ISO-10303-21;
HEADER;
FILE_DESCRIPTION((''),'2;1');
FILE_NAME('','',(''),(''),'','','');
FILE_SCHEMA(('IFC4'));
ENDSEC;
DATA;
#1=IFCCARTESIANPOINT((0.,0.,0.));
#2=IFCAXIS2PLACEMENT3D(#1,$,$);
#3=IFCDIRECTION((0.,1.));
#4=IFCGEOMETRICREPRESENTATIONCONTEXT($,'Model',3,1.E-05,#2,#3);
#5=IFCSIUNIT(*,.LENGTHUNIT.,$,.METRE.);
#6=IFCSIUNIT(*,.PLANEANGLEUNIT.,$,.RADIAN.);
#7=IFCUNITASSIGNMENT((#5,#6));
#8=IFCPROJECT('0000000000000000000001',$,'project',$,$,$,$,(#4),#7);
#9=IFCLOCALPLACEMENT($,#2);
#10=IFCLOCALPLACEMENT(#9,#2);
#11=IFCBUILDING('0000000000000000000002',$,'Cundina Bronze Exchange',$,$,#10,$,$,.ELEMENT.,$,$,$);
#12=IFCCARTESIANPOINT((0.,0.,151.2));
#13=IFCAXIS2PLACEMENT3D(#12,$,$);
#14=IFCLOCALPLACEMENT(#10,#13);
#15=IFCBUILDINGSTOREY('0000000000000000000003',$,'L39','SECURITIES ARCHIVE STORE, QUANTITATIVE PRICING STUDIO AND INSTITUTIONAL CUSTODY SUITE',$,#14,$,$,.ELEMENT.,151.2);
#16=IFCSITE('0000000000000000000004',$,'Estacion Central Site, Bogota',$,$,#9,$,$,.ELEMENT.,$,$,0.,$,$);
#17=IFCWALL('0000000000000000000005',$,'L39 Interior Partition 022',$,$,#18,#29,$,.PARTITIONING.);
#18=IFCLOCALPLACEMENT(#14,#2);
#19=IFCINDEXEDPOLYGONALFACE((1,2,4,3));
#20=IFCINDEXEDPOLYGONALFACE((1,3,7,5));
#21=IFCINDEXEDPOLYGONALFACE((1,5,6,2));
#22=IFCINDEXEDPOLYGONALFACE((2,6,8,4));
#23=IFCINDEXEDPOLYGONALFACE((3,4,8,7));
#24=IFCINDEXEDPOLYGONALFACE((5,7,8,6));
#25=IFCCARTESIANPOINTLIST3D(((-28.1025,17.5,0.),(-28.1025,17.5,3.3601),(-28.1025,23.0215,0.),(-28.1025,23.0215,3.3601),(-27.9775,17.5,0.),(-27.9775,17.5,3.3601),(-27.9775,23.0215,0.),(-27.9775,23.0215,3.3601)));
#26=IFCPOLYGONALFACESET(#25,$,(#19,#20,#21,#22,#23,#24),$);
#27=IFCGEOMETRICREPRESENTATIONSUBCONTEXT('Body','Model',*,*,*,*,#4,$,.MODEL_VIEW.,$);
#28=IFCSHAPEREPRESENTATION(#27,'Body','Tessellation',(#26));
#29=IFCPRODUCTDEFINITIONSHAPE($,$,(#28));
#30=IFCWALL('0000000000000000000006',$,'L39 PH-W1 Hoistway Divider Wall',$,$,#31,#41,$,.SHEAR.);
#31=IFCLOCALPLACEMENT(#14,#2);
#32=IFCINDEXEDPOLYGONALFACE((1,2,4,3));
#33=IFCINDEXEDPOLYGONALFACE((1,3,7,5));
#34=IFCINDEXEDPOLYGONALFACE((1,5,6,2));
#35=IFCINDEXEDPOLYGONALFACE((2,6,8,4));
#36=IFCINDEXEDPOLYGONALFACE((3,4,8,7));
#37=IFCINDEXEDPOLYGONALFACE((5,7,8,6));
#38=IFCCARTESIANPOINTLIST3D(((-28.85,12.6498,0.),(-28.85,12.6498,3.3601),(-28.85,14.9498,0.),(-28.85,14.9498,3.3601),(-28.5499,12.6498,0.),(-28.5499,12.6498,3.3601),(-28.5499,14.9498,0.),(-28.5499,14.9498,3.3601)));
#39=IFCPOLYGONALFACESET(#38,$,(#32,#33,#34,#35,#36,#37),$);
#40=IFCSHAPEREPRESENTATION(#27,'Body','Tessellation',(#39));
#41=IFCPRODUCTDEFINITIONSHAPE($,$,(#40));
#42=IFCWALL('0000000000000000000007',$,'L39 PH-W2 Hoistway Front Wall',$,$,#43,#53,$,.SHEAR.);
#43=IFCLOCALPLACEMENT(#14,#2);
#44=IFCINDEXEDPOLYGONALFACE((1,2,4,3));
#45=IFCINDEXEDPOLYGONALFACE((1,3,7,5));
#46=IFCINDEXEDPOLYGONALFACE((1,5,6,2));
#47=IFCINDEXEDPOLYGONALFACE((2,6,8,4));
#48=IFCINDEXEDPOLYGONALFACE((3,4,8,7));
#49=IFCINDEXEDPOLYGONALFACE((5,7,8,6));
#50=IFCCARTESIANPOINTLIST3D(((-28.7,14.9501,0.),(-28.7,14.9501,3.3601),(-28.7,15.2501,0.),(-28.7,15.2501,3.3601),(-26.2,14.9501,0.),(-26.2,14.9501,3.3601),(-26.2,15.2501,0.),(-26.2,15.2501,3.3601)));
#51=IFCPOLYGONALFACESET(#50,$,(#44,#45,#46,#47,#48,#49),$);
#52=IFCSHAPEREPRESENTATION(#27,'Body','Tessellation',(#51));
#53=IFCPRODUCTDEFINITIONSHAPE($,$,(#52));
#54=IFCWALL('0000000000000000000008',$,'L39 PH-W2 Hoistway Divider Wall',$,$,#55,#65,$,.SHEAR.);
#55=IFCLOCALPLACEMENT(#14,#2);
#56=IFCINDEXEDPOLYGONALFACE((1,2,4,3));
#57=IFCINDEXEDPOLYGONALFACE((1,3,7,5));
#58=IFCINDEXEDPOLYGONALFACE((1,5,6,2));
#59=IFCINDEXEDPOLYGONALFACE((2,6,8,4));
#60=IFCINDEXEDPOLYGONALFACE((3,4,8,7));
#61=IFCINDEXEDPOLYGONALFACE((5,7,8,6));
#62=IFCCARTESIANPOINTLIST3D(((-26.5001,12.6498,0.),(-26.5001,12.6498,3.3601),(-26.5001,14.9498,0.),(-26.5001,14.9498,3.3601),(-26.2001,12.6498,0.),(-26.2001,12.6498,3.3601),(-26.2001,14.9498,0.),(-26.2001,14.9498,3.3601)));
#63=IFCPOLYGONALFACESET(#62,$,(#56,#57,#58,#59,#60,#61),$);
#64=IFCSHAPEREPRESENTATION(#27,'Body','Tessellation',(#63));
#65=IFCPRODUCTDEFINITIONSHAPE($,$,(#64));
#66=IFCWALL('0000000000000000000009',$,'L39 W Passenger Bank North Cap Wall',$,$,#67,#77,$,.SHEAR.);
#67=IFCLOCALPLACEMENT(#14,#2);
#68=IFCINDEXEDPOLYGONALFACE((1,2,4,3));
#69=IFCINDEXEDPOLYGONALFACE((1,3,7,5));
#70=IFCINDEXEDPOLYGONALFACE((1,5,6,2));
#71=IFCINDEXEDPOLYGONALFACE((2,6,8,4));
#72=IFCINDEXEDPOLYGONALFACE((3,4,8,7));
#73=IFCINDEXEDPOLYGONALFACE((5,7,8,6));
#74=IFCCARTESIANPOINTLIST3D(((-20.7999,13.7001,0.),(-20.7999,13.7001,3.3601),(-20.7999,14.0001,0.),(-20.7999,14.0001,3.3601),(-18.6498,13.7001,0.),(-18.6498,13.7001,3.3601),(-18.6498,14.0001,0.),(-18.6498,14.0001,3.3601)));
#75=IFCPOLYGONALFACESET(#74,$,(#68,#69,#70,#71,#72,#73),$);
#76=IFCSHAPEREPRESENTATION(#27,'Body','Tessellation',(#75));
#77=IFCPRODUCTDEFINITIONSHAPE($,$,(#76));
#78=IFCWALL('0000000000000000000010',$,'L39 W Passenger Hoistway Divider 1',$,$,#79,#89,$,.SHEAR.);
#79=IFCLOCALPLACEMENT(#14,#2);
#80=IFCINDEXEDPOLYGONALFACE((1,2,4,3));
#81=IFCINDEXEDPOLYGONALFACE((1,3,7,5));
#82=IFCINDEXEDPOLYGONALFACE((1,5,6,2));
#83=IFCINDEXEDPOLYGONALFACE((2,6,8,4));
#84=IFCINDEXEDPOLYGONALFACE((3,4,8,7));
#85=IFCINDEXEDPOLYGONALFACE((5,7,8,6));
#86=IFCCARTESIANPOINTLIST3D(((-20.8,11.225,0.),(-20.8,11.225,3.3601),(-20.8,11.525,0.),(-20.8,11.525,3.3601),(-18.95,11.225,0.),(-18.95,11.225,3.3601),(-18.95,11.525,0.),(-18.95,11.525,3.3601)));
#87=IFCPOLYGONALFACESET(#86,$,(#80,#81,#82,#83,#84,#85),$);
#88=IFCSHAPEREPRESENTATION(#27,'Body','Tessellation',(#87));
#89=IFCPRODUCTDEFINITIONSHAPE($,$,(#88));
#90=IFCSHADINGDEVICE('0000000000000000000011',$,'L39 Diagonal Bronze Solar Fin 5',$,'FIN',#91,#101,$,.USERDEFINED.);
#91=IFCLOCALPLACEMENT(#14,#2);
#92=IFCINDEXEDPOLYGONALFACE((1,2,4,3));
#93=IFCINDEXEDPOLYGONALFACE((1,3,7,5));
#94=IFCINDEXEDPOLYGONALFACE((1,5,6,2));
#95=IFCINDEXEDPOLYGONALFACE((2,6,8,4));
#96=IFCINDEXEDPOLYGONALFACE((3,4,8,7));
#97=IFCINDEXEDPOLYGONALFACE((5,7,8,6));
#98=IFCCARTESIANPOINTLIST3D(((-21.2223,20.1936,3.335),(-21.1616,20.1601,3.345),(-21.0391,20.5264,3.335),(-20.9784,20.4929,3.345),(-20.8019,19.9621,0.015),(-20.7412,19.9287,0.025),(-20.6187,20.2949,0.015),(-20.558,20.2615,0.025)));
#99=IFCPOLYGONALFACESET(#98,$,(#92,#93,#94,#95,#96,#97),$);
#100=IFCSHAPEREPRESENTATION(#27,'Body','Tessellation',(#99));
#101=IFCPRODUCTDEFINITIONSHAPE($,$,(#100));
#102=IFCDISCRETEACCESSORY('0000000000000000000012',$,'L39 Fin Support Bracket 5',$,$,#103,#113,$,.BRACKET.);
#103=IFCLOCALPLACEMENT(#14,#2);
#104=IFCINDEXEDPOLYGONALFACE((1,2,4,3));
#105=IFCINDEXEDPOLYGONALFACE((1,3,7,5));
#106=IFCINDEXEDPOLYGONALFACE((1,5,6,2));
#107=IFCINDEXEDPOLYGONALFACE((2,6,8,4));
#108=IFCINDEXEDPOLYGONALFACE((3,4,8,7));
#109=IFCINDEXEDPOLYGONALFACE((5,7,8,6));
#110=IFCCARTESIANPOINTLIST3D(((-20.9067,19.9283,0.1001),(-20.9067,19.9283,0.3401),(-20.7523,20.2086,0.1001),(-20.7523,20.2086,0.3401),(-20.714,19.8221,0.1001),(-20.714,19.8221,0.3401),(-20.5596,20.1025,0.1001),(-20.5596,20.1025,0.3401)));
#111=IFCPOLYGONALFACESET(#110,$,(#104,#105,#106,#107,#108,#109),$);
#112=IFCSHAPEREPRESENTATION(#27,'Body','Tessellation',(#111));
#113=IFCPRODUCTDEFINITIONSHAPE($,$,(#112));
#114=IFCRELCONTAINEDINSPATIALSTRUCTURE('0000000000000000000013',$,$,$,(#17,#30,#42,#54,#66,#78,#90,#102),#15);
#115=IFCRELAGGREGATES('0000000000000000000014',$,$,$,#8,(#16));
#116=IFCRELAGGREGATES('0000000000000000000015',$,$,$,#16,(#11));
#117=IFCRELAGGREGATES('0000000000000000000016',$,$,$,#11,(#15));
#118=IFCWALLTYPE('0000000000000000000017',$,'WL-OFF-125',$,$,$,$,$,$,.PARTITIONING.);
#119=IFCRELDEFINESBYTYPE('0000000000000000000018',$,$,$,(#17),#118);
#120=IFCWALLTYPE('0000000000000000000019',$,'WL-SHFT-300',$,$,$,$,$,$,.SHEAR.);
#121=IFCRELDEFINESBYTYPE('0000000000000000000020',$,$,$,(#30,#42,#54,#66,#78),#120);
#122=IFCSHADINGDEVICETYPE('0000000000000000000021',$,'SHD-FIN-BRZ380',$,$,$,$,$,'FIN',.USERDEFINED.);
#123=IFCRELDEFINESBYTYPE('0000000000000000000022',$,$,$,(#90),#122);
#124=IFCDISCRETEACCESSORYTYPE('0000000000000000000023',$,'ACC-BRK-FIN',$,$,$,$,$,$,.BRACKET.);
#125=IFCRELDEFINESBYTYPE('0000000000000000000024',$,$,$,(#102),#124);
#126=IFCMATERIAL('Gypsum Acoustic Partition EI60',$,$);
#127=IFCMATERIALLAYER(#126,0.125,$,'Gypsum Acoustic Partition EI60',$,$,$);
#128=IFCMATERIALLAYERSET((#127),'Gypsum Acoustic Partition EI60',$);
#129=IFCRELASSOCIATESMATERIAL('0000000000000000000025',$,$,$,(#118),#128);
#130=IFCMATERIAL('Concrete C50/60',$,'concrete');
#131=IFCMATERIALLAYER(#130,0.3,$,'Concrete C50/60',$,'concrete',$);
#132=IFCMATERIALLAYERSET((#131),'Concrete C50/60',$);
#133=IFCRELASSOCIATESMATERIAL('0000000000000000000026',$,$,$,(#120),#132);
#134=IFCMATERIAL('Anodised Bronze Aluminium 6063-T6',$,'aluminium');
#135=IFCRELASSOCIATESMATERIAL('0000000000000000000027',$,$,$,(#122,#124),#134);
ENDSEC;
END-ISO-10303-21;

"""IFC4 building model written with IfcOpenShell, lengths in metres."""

from ifc_helpers import new_model, si_unit, direction, frame, frame_2d, origin, origin_2d, place, context, subcontext, project, spatial, rectangle, extrude, material, layer, layer_set, material_profile, profile_set, type_object, element, save


model = new_model("IFC4")

# Units and contexts
model_context = context("Model", 3, precision=1e-05, world=origin(), true_north=direction((0.0, 1.0)))
body_context = subcontext(model_context, "Body", "Model", "MODEL_VIEW")
ifc_project = project(units=[si_unit("LENGTHUNIT", "METRE"), si_unit("PLANEANGLEUNIT", "RADIAN")], contexts=[model_context])

# Site, building, storey
site_placement = place(None, origin())
site = spatial("IfcSite", under=ifc_project, at=site_placement, Name="Estacion Central Site, Bogota", CompositionType="ELEMENT", RefElevation=0.0)
building_placement = place(site_placement, origin())
building = spatial("IfcBuilding", under=site, at=building_placement, Name="Cundina Bronze Exchange", CompositionType="ELEMENT")
storey_placement = place(building_placement, frame((0.0, 0.0, 151.2)))
storey = spatial("IfcBuildingStorey", under=building, at=storey_placement, Name="L39", Description="SECURITIES ARCHIVE STORE, QUANTITATIVE PRICING STUDIO AND INSTITUTIONAL CUSTODY SUITE", CompositionType="ELEMENT", Elevation=151.2)

# Shared definitions
ifc_material_1 = material(Name="Concrete C50/60", Category="concrete")

# Shared definitions
ifc_material_2 = material(Name="Anodised Bronze Aluminium 6063-T6", Category="aluminium")

# Wall
ifc_material_3 = material(Name="Gypsum Acoustic Partition EI60")
ifc_layer_1 = layer(ifc_material_3, 0.125, Name="Gypsum Acoustic Partition EI60")
ifc_layer_set_1 = layer_set([ifc_layer_1], Name="Gypsum Acoustic Partition EI60")
wall_type_1 = type_object("IfcWallType", Name="WL-OFF-125", PredefinedType="PARTITIONING", material=ifc_layer_set_1)
wall_1_placement = place(storey_placement, frame((-28.04, 17.5, 0.0), z_axis=(0.0, 0.0, 1.0), x_axis=(0.0, 1.0, 0.0)))
element("IfcWall", 1, at=wall_1_placement, inside=storey, type_object=wall_type_1, Name="L39 Interior Partition 022", PredefinedType="PARTITIONING", context=body_context, shape_type="SweptSolid", body=[
    extrude(rectangle(XDim=5.5215, YDim=0.125, at=frame_2d((2.7607, 0.0))), origin(), (0.0, 0.0, 1.0), 3.3601),
])

# Shared definitions
ifc_layer_2 = layer(ifc_material_1, 0.3, Name="Concrete C50/60", Category="concrete")
ifc_layer_set_2 = layer_set([ifc_layer_2], Name="Concrete C50/60")
wall_type_2 = type_object("IfcWallType", Name="WL-SHFT-300", PredefinedType="SHEAR", material=ifc_layer_set_2)

# Walls
wall_2_placement = place(storey_placement, frame((-28.7, 12.6499, 0.0), z_axis=(0.0, 0.0, 1.0), x_axis=(0.0, 1.0, 0.0)))
element("IfcWall", 2, at=wall_2_placement, inside=storey, type_object=wall_type_2, Name="L39 PH-W1 Hoistway Divider Wall", PredefinedType="SHEAR", context=body_context, shape_type="SweptSolid", body=[
    extrude(rectangle(XDim=2.3, YDim=0.3, at=frame_2d((1.1499, 0.0))), origin(), (0.0, 0.0, 1.0), 3.3601),
])
wall_3_placement = place(storey_placement, frame((-28.7, 15.1001, 0.0), z_axis=(0.0, 0.0, 1.0), x_axis=(1.0, 0.0, 0.0)))
element("IfcWall", 3, at=wall_3_placement, inside=storey, type_object=wall_type_2, Name="L39 PH-W2 Hoistway Front Wall", PredefinedType="SHEAR", context=body_context, shape_type="SweptSolid", body=[
    extrude(rectangle(XDim=2.5, YDim=0.3, at=frame_2d((1.25, 0.0))), origin(), (0.0, 0.0, 1.0), 3.3601),
])
wall_4_placement = place(storey_placement, frame((-26.3501, 12.6499, 0.0), z_axis=(0.0, 0.0, 1.0), x_axis=(0.0, 1.0, 0.0)))
element("IfcWall", 4, at=wall_4_placement, inside=storey, type_object=wall_type_2, Name="L39 PH-W2 Hoistway Divider Wall", PredefinedType="SHEAR", context=body_context, shape_type="SweptSolid", body=[
    extrude(rectangle(XDim=2.3, YDim=0.3, at=frame_2d((1.1499, 0.0))), origin(), (0.0, 0.0, 1.0), 3.3601),
])
wall_5_placement = place(storey_placement, frame((-20.8, 13.8501, 0.0), z_axis=(0.0, 0.0, 1.0), x_axis=(1.0, 0.0, 0.0)))
element("IfcWall", 5, at=wall_5_placement, inside=storey, type_object=wall_type_2, Name="L39 W Passenger Bank North Cap Wall", PredefinedType="SHEAR", context=body_context, shape_type="SweptSolid", body=[
    extrude(rectangle(XDim=2.1501, YDim=0.3, at=frame_2d((1.0752, 0.0))), origin(), (0.0, 0.0, 1.0), 3.3601),
])
wall_6_placement = place(storey_placement, frame((-20.8, 11.375, 0.0), z_axis=(0.0, 0.0, 1.0), x_axis=(1.0, 0.0, 0.0)))
element("IfcWall", 6, at=wall_6_placement, inside=storey, type_object=wall_type_2, Name="L39 W Passenger Hoistway Divider 1", PredefinedType="SHEAR", context=body_context, shape_type="SweptSolid", body=[
    extrude(rectangle(XDim=1.8501, YDim=0.3, at=frame_2d((0.925, 0.0))), origin(), (0.0, 0.0, 1.0), 3.3601),
])

# Shading device
ifc_material_profile_1 = material_profile(ifc_material_2, rectangle(XDim=0.0701, YDim=0.3799, at=origin_2d()), Name="FIN70X380", Category="aluminium")
ifc_profile_set_1 = profile_set([ifc_material_profile_1], Name="Anodised Bronze Aluminium 6063-T6")
shading_device_type = type_object("IfcShadingDeviceType", Name="SHD-FIN-BRZ380", ElementType="FIN", PredefinedType="USERDEFINED", material=ifc_profile_set_1)
shading_device_placement = place(storey_placement, frame((-20.6799, 20.1118, 0.02), z_axis=(-0.125324, 0.068994, 0.989714), x_axis=(0.867012, -0.47731, 0.143061)))
element("IfcShadingDevice", 7, at=shading_device_placement, inside=storey, type_object=shading_device_type, Name="L39 Diagonal Bronze Solar Fin 5", ObjectType="FIN", PredefinedType="USERDEFINED", context=body_context, shape_type="SweptSolid", body=[
    extrude(rectangle(XDim=0.0701, YDim=0.3799, at=origin_2d()), origin(), (0.0, 0.0, 1.0), 3.3545),
])

# Discrete accessory
discrete_accessory_type = type_object("IfcDiscreteAccessoryType", Name="ACC-BRK-FIN", PredefinedType="BRACKET", material=ifc_material_2)
discrete_accessory_placement = place(storey_placement, frame((-20.7332, 20.0154, 0.1001), z_axis=(0.0, 0.0, 1.0), x_axis=(-0.875869, 0.482549, 0.0)))
element("IfcDiscreteAccessory", 8, at=discrete_accessory_placement, inside=storey, type_object=discrete_accessory_type, Name="L39 Fin Support Bracket 5", PredefinedType="BRACKET", context=body_context, shape_type="SweptSolid", body=[
    extrude(rectangle(XDim=0.22, YDim=0.3201, at=origin_2d()), origin(), (0.0, 0.0, 1.0), 0.24),
])

save(model, "model.ifc")
